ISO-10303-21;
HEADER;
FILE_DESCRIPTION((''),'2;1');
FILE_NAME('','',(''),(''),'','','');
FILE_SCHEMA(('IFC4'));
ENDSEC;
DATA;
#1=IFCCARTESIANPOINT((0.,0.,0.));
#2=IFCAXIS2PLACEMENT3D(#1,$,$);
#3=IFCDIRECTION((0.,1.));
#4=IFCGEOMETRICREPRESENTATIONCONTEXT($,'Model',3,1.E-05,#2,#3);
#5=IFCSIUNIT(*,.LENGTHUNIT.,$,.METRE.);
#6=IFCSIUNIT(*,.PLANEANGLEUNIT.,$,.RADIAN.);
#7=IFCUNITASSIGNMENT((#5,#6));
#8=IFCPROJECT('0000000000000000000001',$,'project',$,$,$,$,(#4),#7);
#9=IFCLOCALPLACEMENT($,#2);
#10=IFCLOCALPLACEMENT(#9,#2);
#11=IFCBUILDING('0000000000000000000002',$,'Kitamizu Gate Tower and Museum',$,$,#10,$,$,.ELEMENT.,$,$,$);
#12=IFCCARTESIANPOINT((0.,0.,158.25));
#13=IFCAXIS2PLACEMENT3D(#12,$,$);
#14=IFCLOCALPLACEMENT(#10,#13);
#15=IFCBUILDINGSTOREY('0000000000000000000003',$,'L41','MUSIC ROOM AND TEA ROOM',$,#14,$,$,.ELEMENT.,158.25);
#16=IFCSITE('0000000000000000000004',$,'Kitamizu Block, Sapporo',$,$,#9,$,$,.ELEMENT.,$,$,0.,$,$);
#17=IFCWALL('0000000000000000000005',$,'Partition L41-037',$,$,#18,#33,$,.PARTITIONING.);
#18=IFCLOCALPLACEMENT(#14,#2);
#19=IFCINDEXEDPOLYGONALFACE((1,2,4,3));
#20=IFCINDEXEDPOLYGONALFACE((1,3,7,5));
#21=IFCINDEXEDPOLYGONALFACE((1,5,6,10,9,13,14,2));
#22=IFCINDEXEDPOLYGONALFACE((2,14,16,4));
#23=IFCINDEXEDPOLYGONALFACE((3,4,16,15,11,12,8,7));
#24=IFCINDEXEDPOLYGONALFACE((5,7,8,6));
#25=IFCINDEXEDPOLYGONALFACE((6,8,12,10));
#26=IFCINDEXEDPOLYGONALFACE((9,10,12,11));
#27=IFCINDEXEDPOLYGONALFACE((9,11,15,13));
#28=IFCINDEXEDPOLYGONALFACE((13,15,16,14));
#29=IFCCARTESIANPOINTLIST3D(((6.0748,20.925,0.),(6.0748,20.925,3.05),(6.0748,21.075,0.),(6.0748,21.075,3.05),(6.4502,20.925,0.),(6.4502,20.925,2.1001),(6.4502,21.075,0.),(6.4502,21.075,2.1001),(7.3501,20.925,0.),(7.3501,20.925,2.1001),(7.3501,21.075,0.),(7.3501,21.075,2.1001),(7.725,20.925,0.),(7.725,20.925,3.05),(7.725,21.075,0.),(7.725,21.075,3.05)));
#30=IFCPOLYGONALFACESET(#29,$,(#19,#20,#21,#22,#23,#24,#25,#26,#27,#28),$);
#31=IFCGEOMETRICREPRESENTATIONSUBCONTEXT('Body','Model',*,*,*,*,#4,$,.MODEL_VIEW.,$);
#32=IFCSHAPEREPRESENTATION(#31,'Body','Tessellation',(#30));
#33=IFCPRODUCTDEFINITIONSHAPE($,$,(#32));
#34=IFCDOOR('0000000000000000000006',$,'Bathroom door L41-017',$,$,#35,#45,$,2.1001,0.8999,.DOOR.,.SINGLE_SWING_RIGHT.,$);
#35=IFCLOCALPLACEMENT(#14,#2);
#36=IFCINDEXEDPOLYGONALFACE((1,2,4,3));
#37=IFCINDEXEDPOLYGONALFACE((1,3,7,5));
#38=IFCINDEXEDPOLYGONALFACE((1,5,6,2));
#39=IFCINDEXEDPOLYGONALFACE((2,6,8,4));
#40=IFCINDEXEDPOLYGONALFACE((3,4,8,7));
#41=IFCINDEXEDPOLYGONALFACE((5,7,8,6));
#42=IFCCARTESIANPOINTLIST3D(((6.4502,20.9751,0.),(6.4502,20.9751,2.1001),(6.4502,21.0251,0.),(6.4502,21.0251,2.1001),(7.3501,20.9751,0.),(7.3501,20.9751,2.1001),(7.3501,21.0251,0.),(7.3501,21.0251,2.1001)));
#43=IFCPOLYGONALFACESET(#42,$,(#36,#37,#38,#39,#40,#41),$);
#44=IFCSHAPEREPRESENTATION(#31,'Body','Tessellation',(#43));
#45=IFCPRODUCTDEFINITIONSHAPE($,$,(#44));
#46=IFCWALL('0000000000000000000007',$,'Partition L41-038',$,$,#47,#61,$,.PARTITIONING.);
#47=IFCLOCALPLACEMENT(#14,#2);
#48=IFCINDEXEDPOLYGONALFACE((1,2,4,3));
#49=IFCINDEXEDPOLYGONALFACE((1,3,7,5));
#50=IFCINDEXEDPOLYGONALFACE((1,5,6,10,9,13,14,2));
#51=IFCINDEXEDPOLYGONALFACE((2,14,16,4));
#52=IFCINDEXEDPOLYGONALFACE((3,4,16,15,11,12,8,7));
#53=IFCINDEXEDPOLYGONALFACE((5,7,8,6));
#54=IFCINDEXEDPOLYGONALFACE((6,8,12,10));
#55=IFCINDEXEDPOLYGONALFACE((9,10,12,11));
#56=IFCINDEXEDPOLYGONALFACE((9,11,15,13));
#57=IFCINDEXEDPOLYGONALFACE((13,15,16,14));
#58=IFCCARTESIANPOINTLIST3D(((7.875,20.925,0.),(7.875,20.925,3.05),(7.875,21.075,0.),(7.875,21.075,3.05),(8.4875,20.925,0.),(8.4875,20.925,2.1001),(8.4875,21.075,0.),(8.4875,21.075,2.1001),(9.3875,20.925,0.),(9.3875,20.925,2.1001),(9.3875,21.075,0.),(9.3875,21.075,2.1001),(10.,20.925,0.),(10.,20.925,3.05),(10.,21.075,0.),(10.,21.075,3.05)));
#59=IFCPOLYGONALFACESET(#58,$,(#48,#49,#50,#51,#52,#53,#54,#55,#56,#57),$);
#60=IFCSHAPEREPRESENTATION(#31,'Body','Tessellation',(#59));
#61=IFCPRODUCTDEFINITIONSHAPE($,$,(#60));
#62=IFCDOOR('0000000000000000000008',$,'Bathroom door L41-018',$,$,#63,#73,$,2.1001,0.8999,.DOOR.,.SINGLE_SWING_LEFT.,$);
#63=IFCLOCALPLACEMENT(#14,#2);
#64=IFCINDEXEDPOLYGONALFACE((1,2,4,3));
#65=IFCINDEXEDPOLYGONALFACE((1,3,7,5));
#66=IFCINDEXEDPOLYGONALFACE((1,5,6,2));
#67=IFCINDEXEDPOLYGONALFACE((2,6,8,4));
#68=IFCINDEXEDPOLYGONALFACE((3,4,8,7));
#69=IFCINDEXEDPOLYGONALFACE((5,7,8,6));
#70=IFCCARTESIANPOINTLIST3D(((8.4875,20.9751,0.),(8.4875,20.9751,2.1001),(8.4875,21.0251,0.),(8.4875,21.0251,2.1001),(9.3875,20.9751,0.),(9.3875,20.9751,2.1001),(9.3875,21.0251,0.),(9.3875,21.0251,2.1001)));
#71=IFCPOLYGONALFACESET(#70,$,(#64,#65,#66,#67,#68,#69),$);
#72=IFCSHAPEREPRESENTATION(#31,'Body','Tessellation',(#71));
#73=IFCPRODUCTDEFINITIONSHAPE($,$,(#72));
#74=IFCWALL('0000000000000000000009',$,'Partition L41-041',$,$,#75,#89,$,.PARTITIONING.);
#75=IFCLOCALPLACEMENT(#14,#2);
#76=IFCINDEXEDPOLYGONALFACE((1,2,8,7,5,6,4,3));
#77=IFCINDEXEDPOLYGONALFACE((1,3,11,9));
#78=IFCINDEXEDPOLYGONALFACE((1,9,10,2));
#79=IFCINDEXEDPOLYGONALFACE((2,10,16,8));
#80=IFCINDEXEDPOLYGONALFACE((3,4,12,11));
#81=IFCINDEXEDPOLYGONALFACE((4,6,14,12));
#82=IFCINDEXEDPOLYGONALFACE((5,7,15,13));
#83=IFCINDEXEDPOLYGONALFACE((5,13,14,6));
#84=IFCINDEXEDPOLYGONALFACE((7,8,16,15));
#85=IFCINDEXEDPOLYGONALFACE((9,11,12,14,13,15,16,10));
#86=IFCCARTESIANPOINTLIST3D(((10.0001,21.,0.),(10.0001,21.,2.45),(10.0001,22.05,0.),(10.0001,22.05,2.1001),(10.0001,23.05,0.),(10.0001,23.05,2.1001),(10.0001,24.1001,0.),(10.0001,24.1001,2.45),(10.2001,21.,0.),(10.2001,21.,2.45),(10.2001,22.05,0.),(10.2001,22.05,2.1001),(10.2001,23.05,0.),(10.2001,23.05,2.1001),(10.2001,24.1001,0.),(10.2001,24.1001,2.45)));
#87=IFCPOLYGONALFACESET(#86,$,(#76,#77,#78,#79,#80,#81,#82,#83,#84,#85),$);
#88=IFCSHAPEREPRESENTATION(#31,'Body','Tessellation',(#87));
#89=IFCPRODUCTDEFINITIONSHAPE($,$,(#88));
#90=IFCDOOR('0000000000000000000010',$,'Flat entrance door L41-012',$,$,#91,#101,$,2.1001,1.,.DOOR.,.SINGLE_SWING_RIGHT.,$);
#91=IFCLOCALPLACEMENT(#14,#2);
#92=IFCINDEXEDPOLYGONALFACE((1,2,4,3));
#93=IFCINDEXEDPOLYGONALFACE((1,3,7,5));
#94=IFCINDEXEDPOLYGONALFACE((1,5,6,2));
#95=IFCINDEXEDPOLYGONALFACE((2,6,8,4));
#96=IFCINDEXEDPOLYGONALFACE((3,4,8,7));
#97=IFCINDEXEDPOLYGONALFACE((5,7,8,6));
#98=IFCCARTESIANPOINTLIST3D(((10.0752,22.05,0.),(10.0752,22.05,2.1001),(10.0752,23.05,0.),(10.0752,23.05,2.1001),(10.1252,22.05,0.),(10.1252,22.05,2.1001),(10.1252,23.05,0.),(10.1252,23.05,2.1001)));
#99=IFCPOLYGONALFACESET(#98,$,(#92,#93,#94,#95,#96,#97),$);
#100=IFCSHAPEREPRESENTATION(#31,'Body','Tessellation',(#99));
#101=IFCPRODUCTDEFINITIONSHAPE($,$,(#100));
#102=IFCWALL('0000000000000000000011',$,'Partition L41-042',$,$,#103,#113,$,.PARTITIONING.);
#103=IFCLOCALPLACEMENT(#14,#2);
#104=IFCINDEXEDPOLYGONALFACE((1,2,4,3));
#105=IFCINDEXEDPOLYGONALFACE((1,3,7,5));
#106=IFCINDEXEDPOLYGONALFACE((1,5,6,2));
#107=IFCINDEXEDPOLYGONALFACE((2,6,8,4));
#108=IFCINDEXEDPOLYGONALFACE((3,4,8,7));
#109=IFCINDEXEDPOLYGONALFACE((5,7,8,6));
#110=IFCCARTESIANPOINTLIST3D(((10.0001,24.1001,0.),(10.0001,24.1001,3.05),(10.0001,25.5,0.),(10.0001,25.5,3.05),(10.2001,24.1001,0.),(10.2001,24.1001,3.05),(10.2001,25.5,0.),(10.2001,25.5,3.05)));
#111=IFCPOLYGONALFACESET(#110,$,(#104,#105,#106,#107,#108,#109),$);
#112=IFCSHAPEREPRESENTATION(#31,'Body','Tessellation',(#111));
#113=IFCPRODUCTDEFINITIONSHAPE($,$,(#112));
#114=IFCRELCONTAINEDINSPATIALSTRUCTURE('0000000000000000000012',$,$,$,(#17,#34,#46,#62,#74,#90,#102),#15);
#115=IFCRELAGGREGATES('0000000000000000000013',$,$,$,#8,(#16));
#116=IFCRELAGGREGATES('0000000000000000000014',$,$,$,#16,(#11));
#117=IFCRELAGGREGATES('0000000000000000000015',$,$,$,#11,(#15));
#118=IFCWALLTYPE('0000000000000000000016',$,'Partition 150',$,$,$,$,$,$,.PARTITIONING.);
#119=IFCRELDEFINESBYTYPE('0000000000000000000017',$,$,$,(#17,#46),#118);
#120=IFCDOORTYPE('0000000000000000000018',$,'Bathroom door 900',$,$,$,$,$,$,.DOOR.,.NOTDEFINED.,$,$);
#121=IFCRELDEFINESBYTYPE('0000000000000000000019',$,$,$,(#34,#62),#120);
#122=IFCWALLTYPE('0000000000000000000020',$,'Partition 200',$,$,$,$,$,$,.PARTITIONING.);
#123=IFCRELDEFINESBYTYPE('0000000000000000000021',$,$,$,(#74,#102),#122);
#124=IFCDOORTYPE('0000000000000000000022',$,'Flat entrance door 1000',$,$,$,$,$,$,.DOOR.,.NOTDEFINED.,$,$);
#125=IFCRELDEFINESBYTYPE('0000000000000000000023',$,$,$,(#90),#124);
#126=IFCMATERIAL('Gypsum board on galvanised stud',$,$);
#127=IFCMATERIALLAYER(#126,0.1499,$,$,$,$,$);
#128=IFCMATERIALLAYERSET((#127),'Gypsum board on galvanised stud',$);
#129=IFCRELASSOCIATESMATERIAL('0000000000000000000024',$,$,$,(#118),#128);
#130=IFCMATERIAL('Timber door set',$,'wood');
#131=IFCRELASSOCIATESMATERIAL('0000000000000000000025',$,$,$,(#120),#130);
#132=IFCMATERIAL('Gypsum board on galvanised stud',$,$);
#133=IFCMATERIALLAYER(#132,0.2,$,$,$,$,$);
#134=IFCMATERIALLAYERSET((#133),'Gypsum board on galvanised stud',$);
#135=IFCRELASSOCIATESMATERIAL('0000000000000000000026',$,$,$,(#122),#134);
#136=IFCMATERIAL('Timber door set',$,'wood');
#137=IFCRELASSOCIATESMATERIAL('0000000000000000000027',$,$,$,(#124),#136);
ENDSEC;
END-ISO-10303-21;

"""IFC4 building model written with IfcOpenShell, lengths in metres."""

from ifc_helpers import new_model, si_unit, direction, frame, frame_2d, origin, place, context, subcontext, project, spatial, rectangle, extrude, material, layer, layer_set, type_object, element, fill, save


model = new_model("IFC4")

# Units and contexts
model_context = context("Model", 3, precision=1e-05, world=origin(), true_north=direction((0.0, 1.0)))
body_context = subcontext(model_context, "Body", "Model", "MODEL_VIEW")
ifc_project = project(units=[si_unit("LENGTHUNIT", "METRE"), si_unit("PLANEANGLEUNIT", "RADIAN")], contexts=[model_context])

# Site, building, storey
site_placement = place(None, origin())
site = spatial("IfcSite", under=ifc_project, at=site_placement, Name="Kitamizu Block, Sapporo", CompositionType="ELEMENT", RefElevation=0.0)
building_placement = place(site_placement, origin())
building = spatial("IfcBuilding", under=site, at=building_placement, Name="Kitamizu Gate Tower and Museum", CompositionType="ELEMENT")
storey_placement = place(building_placement, frame((0.0, 0.0, 158.25)))
storey = spatial("IfcBuildingStorey", under=building, at=storey_placement, Name="L41", Description="MUSIC ROOM AND TEA ROOM", CompositionType="ELEMENT", Elevation=158.25)

# Walls, openings, doors
ifc_material_1 = material(Name="Gypsum board on galvanised stud")
ifc_layer_1 = layer(ifc_material_1, 0.1499)
ifc_layer_set_1 = layer_set([ifc_layer_1], Name="Gypsum board on galvanised stud")
wall_type_1 = type_object("IfcWallType", Name="Partition 150", PredefinedType="PARTITIONING", material=ifc_layer_set_1)
wall_1_placement = place(storey_placement, frame((7.7251, 21.0, 0.0), z_axis=(0.0, 0.0, 1.0), x_axis=(-1.0, 0.0, 0.0)))
wall_1 = element("IfcWall", 1, at=wall_1_placement, inside=storey, type_object=wall_type_1, Name="Partition L41-037", PredefinedType="PARTITIONING", context=body_context, shape_type="SweptSolid", body=[
    extrude(rectangle(XDim=1.6501, YDim=0.1499, at=frame_2d((0.8252, 0.0))), origin(), (0.0, 0.0, 1.0), 3.05),
])
opening_1_placement = place(wall_1_placement, frame((0.375, 0.0, 0.0)))
opening_1 = element("IfcOpeningElement", 2, at=opening_1_placement, cuts=wall_1, PredefinedType="OPENING", context=body_context, shape_type="SweptSolid", body=[
    extrude(rectangle(XDim=0.8999, YDim=2.1001, at=frame_2d((0.45, 1.05))), frame((0.0, 0.085, 0.0), z_axis=(0.0, -1.0, 0.0), x_axis=(1.0, 0.0, 0.0)), (0.0, 0.0, 1.0), 0.1699),
])
ifc_material_2 = material(Name="Timber door set", Category="wood")
door_type_1 = type_object("IfcDoorType", Name="Bathroom door 900", OperationType="NOTDEFINED", PredefinedType="DOOR", material=ifc_material_2)
door_1_placement = place(opening_1_placement, origin())
door_1 = element("IfcDoor", 3, at=door_1_placement, inside=storey, type_object=door_type_1, Name="Bathroom door L41-017", OperationType="SINGLE_SWING_RIGHT", OverallHeight=2.1001, OverallWidth=0.8999, PredefinedType="DOOR", context=body_context, shape_type="SweptSolid", body=[
    extrude(rectangle(XDim=0.8999, YDim=2.1001, at=frame_2d((0.45, 1.05))), frame((0.0, 0.0249, 0.0), z_axis=(0.0, -1.0, 0.0), x_axis=(1.0, 0.0, 0.0)), (0.0, 0.0, 1.0), 0.05),
])
fill(opening_1, door_1)
wall_2_placement = place(storey_placement, frame((10.0, 21.0, 0.0), z_axis=(0.0, 0.0, 1.0), x_axis=(-1.0, 0.0, 0.0)))
wall_2 = element("IfcWall", 4, at=wall_2_placement, inside=storey, type_object=wall_type_1, Name="Partition L41-038", PredefinedType="PARTITIONING", context=body_context, shape_type="SweptSolid", body=[
    extrude(rectangle(XDim=2.125, YDim=0.1499, at=frame_2d((1.0625, 0.0))), origin(), (0.0, 0.0, 1.0), 3.05),
])
opening_2_placement = place(wall_2_placement, frame((0.6125, 0.0, 0.0)))
opening_2 = element("IfcOpeningElement", 5, at=opening_2_placement, cuts=wall_2, PredefinedType="OPENING", context=body_context, shape_type="SweptSolid", body=[
    extrude(rectangle(XDim=0.8999, YDim=2.1001, at=frame_2d((0.45, 1.05))), frame((0.0, 0.085, 0.0), z_axis=(0.0, -1.0, 0.0), x_axis=(1.0, 0.0, 0.0)), (0.0, 0.0, 1.0), 0.1699),
])
door_2_placement = place(opening_2_placement, origin())
door_2 = element("IfcDoor", 6, at=door_2_placement, inside=storey, type_object=door_type_1, Name="Bathroom door L41-018", OperationType="SINGLE_SWING_LEFT", OverallHeight=2.1001, OverallWidth=0.8999, PredefinedType="DOOR", context=body_context, shape_type="SweptSolid", body=[
    extrude(rectangle(XDim=0.8999, YDim=2.1001, at=frame_2d((0.45, 1.05))), frame((0.0, 0.0249, 0.0), z_axis=(0.0, -1.0, 0.0), x_axis=(1.0, 0.0, 0.0)), (0.0, 0.0, 1.0), 0.05),
])
fill(opening_2, door_2)
ifc_material_3 = material(Name="Gypsum board on galvanised stud")
ifc_layer_2 = layer(ifc_material_3, 0.2)
ifc_layer_set_2 = layer_set([ifc_layer_2], Name="Gypsum board on galvanised stud")
wall_type_2 = type_object("IfcWallType", Name="Partition 200", PredefinedType="PARTITIONING", material=ifc_layer_set_2)
wall_3_placement = place(storey_placement, frame((10.1001, 21.0, 0.0), z_axis=(0.0, 0.0, 1.0), x_axis=(0.0, 1.0, 0.0)))
wall_3 = element("IfcWall", 7, at=wall_3_placement, inside=storey, type_object=wall_type_2, Name="Partition L41-041", PredefinedType="PARTITIONING", context=body_context, shape_type="SweptSolid", body=[
    extrude(rectangle(XDim=3.1001, YDim=0.2, at=frame_2d((1.55, 0.0))), origin(), (0.0, 0.0, 1.0), 2.45),
])
opening_3_placement = place(wall_3_placement, frame((1.05, 0.0, 0.0)))
opening_3 = element("IfcOpeningElement", 8, at=opening_3_placement, cuts=wall_3, PredefinedType="OPENING", context=body_context, shape_type="SweptSolid", body=[
    extrude(rectangle(XDim=1.0, YDim=2.1001, at=frame_2d((0.5, 1.05))), frame((0.0, 0.1099, 0.0), z_axis=(0.0, -1.0, 0.0), x_axis=(1.0, 0.0, 0.0)), (0.0, 0.0, 1.0), 0.22),
])
ifc_material_4 = material(Name="Timber door set", Category="wood")
door_type_2 = type_object("IfcDoorType", Name="Flat entrance door 1000", OperationType="NOTDEFINED", PredefinedType="DOOR", material=ifc_material_4)
door_3_placement = place(opening_3_placement, origin())
door_3 = element("IfcDoor", 9, at=door_3_placement, inside=storey, type_object=door_type_2, Name="Flat entrance door L41-012", OperationType="SINGLE_SWING_RIGHT", OverallHeight=2.1001, OverallWidth=1.0, PredefinedType="DOOR", context=body_context, shape_type="SweptSolid", body=[
    extrude(rectangle(XDim=1.0, YDim=2.1001, at=frame_2d((0.5, 1.05))), frame((0.0, 0.0249, 0.0), z_axis=(0.0, -1.0, 0.0), x_axis=(1.0, 0.0, 0.0)), (0.0, 0.0, 1.0), 0.05),
])
fill(opening_3, door_3)

# Wall
wall_4_placement = place(storey_placement, frame((10.1001, 24.1001, 0.0), z_axis=(0.0, 0.0, 1.0), x_axis=(0.0, 1.0, 0.0)))
element("IfcWall", 10, at=wall_4_placement, inside=storey, type_object=wall_type_2, Name="Partition L41-042", PredefinedType="PARTITIONING", context=body_context, shape_type="SweptSolid", body=[
    extrude(rectangle(XDim=1.3999, YDim=0.2, at=frame_2d((0.7, 0.0))), origin(), (0.0, 0.0, 1.0), 3.05),
])

save(model, "model.ifc")
